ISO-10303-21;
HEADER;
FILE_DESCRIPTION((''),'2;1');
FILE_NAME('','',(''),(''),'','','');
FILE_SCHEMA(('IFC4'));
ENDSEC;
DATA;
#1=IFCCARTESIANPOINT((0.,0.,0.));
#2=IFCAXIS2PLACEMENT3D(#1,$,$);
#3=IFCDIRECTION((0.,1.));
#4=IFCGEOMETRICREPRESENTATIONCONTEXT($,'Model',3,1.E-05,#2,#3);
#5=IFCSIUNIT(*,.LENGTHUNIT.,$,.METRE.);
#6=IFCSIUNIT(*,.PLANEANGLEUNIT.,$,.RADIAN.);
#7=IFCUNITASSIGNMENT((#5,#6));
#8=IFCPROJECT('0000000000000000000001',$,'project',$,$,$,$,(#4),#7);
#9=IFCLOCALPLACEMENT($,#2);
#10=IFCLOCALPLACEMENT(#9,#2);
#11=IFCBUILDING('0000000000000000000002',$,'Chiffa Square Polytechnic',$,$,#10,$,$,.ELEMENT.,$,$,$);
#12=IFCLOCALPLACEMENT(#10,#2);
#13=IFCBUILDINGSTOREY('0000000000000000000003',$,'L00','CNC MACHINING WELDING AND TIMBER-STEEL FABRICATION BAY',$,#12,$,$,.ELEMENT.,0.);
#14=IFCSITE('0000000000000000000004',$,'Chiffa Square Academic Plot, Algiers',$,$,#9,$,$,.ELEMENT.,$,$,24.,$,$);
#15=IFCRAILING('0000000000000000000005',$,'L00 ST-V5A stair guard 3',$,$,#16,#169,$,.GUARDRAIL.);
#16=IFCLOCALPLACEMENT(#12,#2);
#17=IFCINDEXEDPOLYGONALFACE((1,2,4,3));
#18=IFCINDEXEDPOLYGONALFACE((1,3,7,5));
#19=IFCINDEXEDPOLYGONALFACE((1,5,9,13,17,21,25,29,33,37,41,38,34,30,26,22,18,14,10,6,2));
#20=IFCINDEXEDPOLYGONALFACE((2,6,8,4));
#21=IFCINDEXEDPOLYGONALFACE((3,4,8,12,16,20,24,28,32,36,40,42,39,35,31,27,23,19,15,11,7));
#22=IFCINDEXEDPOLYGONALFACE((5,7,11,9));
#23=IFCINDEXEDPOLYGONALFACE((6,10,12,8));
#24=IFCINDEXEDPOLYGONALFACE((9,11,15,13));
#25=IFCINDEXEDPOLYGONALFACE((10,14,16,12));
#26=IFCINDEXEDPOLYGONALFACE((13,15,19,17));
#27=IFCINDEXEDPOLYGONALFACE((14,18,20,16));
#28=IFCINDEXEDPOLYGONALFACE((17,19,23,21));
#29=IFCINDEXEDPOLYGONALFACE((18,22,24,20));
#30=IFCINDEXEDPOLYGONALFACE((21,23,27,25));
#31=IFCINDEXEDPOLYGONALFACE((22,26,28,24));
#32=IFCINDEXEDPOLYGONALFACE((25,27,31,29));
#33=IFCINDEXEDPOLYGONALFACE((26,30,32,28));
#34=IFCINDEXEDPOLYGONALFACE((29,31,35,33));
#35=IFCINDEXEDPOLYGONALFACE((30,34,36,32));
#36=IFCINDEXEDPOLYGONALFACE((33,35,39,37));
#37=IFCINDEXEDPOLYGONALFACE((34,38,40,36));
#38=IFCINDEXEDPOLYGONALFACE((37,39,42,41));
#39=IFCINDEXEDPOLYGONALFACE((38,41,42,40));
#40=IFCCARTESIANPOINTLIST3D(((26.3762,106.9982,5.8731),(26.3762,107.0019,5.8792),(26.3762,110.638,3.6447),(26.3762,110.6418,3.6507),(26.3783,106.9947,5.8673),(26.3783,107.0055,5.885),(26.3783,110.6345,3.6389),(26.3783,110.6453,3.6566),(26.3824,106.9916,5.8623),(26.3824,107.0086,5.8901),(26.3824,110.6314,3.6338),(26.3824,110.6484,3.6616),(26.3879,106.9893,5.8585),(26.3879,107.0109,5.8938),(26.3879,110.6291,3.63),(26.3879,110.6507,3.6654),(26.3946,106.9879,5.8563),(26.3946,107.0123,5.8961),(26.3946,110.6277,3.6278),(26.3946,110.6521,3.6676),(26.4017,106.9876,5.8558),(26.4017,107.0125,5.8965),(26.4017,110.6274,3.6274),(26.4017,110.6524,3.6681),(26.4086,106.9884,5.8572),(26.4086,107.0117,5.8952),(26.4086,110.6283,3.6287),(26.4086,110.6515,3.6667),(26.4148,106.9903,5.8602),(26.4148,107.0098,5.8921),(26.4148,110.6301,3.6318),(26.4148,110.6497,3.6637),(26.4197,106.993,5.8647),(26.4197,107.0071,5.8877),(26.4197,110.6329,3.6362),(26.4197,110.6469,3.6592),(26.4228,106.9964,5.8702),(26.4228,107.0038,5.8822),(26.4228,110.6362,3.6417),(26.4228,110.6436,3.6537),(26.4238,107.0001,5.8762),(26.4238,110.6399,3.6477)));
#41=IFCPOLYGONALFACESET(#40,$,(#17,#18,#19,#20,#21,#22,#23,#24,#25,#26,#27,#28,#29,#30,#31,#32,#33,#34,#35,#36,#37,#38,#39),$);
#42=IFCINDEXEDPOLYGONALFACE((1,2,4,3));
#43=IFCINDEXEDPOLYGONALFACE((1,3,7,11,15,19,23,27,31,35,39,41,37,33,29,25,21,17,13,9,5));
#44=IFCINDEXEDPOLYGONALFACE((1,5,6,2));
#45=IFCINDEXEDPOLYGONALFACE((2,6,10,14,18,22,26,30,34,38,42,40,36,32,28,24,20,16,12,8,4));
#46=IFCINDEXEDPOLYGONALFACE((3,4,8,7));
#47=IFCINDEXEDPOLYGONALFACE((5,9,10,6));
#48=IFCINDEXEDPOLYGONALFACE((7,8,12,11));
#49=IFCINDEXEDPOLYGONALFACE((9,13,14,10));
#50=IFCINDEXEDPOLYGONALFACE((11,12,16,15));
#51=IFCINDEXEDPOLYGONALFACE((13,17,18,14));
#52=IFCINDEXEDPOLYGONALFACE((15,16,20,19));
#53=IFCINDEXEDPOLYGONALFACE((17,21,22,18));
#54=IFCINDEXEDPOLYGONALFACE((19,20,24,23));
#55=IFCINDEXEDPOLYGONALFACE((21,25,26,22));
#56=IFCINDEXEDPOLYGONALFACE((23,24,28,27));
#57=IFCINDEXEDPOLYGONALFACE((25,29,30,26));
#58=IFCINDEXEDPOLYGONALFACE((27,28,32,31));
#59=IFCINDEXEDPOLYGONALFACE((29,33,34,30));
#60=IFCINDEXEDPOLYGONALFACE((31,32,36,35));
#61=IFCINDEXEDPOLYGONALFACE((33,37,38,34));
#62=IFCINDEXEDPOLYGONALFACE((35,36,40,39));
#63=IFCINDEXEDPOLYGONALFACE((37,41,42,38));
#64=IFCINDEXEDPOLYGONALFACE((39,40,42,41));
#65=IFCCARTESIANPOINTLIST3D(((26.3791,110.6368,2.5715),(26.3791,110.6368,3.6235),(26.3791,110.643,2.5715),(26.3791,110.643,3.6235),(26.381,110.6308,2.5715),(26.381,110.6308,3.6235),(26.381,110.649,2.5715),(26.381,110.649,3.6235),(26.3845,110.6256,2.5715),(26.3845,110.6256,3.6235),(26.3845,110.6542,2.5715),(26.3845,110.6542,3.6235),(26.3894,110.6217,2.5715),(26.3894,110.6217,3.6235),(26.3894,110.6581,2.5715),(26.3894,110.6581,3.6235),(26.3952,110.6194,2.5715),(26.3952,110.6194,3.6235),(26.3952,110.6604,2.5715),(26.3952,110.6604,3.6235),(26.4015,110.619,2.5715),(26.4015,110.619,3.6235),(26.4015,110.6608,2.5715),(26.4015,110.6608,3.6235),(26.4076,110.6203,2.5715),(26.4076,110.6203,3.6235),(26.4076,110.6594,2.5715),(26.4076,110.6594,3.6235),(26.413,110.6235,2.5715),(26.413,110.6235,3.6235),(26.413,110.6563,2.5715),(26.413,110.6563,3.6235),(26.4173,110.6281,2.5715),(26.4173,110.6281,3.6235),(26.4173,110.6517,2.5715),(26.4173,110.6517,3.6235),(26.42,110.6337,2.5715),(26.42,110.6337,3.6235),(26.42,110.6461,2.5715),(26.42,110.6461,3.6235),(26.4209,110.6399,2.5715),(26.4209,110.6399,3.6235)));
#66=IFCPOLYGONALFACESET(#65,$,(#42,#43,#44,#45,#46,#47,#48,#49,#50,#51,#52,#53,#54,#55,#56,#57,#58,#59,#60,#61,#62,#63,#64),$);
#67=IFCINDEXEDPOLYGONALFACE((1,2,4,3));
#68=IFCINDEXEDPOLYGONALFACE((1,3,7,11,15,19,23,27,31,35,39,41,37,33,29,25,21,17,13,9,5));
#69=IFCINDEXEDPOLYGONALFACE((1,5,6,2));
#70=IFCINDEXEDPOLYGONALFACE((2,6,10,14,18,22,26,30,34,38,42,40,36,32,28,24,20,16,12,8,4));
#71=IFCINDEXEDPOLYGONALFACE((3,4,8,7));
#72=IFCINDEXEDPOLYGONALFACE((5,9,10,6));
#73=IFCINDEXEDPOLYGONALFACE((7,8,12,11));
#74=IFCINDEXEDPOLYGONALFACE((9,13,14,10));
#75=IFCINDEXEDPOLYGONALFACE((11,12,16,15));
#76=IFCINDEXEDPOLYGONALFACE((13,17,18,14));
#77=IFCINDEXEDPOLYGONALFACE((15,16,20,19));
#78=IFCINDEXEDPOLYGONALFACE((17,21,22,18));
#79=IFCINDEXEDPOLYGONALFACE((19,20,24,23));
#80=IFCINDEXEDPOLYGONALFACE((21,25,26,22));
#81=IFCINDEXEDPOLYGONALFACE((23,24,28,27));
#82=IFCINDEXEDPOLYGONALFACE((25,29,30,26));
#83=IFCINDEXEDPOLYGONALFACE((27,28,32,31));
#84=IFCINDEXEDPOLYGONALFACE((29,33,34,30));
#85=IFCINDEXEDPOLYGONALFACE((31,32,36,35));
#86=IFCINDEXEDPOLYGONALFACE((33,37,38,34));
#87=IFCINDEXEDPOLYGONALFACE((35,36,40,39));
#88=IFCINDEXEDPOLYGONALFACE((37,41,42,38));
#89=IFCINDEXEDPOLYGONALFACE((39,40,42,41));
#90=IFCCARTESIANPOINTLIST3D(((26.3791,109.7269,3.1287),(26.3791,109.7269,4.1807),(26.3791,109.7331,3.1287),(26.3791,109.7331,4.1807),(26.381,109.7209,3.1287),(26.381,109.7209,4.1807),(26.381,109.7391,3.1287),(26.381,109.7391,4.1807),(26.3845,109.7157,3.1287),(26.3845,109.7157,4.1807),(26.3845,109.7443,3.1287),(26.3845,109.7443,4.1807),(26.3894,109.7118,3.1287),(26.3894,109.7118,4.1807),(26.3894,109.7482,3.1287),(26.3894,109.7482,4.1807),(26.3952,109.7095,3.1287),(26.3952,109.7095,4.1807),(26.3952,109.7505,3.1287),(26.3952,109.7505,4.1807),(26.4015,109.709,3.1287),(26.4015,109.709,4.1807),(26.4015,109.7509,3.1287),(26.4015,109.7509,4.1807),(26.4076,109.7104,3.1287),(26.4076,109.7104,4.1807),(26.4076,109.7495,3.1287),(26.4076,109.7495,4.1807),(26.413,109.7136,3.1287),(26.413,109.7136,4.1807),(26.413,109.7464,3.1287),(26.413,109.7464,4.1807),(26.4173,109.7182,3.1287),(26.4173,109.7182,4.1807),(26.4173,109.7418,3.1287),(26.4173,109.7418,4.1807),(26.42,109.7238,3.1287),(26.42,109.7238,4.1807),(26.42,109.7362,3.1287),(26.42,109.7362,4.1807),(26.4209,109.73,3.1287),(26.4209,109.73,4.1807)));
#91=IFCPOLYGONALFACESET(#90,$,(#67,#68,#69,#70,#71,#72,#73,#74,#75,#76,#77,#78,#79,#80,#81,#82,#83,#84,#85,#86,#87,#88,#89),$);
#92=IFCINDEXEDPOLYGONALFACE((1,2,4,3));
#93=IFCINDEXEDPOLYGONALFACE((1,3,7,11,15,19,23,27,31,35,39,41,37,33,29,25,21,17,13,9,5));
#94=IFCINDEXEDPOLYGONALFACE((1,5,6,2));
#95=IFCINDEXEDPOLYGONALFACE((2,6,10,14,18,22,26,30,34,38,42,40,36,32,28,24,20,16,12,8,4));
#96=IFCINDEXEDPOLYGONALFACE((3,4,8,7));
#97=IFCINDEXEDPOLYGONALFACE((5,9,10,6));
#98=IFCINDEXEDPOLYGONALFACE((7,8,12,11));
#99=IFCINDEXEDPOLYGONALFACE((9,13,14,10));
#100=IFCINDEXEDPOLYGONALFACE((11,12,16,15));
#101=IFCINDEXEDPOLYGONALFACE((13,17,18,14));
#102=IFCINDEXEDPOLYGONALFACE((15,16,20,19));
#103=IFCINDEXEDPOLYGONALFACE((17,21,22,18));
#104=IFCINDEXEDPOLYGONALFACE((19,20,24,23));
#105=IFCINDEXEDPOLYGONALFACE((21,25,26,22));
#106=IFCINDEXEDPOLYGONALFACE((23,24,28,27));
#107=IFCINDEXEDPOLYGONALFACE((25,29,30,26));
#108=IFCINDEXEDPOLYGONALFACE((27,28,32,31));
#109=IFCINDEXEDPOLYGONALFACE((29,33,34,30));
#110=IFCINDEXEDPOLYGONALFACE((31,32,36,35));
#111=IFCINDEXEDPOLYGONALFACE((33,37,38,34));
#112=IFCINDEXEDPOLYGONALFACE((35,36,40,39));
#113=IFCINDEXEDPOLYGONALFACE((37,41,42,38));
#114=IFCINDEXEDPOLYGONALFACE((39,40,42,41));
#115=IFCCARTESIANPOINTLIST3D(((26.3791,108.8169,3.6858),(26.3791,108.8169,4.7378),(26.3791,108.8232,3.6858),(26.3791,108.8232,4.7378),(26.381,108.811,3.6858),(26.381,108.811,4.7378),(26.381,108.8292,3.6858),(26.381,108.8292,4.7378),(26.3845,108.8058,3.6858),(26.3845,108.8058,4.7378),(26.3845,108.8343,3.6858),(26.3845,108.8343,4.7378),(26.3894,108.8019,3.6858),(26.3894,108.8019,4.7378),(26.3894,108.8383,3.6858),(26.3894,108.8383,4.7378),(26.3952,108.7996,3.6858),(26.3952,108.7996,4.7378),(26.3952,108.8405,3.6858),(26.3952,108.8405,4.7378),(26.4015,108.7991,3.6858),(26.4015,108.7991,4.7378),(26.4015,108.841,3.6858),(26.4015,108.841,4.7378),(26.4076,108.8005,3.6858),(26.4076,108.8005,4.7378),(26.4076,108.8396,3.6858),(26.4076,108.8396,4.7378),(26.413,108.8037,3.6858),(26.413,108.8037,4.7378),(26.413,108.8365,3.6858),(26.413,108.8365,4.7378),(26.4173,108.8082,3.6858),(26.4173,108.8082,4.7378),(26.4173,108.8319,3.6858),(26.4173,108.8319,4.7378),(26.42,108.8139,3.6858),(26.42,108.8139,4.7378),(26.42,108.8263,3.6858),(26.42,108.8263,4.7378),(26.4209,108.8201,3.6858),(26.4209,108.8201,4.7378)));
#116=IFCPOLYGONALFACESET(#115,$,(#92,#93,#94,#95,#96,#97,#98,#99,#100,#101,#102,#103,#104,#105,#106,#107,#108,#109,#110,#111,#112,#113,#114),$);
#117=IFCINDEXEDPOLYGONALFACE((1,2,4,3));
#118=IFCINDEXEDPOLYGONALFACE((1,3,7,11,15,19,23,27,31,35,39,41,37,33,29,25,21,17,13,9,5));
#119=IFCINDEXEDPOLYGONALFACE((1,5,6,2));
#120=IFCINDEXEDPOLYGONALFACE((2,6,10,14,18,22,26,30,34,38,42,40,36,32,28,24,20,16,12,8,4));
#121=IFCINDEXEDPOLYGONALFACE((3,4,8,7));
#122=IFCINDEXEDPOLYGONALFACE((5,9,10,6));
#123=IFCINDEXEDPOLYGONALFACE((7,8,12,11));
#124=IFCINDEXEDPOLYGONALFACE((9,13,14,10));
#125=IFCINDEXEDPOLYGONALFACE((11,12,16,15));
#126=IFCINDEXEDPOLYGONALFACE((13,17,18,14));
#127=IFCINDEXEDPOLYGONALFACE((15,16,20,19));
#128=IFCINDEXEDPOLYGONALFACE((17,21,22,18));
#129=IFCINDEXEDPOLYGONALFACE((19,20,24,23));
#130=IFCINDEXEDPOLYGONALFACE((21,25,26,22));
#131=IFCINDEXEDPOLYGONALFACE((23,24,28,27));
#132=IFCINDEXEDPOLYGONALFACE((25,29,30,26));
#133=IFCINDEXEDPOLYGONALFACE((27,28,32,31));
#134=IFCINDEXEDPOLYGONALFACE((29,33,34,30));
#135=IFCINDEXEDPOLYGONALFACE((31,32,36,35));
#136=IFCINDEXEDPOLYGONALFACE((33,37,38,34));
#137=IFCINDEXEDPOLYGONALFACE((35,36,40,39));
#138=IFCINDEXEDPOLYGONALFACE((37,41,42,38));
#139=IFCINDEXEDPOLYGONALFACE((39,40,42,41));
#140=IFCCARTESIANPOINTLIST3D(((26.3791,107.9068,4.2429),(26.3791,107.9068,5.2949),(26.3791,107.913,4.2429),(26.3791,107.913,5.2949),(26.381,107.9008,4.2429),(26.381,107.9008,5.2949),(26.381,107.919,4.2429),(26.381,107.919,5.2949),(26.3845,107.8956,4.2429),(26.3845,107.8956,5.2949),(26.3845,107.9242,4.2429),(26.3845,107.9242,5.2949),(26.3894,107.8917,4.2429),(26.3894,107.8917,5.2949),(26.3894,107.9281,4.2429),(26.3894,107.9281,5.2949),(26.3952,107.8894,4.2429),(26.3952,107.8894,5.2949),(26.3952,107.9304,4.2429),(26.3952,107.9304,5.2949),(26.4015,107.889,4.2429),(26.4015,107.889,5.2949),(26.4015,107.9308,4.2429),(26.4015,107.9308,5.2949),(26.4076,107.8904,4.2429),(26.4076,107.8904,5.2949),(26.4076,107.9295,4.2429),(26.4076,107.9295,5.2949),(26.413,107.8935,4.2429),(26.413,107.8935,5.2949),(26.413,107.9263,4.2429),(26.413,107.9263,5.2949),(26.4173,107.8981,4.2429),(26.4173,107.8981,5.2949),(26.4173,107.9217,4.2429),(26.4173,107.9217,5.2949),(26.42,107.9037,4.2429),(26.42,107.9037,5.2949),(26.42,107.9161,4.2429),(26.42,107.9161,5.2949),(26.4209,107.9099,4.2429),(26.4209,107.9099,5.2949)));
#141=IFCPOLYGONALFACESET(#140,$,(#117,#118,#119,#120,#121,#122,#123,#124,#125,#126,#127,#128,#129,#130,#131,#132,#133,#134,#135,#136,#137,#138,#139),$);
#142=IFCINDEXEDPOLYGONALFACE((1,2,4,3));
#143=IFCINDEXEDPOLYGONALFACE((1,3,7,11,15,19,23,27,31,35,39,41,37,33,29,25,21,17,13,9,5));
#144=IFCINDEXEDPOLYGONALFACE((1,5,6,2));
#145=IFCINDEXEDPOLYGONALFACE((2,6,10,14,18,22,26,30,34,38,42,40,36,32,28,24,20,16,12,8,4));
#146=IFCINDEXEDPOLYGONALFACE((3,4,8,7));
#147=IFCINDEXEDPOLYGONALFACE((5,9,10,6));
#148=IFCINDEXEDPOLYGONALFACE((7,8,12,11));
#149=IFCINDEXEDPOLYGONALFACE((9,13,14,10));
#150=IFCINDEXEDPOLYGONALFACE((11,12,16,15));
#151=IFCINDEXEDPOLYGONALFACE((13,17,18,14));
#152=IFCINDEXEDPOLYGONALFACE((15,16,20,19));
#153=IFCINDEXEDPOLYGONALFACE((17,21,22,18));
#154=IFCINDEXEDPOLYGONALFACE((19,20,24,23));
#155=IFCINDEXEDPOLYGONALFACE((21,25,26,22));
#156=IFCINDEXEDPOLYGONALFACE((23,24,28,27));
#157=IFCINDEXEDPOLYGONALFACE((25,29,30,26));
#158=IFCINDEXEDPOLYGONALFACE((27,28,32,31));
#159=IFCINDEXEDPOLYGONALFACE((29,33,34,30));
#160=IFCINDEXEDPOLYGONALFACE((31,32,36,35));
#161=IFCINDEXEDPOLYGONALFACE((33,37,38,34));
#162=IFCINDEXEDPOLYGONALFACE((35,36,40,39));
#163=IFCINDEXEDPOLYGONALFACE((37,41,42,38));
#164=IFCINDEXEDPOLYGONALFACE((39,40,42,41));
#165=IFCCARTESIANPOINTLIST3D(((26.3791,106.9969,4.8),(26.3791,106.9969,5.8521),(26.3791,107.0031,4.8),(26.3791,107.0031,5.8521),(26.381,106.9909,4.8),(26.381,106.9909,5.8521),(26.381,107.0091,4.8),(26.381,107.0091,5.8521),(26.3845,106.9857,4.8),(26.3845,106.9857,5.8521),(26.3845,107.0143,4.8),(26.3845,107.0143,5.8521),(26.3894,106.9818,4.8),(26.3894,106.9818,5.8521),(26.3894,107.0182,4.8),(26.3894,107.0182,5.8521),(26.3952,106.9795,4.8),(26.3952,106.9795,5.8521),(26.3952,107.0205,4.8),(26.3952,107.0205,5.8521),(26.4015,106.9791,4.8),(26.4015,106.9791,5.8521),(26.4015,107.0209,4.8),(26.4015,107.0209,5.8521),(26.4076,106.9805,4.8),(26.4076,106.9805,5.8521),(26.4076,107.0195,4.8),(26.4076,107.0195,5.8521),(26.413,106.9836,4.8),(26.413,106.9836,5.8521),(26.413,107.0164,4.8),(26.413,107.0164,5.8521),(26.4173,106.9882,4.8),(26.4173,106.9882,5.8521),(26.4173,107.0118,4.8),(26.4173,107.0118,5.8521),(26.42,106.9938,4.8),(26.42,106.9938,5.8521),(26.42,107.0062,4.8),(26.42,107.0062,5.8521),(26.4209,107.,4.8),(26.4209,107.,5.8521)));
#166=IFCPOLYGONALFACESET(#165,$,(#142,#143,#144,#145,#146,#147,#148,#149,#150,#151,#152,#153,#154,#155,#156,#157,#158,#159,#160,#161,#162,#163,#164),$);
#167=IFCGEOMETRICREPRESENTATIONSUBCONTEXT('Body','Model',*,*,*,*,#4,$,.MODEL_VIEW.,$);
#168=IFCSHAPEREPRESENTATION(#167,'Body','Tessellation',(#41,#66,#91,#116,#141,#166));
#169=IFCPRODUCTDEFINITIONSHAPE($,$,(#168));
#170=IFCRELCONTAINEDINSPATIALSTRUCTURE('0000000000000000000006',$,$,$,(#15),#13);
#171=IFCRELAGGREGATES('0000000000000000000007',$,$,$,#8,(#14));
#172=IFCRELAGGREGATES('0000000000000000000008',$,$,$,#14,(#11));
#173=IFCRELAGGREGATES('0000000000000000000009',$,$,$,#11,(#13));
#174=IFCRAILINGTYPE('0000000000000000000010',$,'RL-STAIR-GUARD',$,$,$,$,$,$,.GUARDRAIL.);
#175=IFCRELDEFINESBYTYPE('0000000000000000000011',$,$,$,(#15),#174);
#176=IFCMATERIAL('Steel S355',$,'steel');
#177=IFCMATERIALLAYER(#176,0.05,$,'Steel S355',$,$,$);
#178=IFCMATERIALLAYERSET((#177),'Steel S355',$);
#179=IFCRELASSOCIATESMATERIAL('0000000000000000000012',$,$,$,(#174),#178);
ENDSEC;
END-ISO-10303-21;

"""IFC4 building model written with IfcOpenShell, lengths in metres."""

from ifc_helpers import new_model, si_unit, direction, frame, origin, origin_2d, place, context, subcontext, project, spatial, circle, extrude, material, layer, layer_set, type_object, element, save


model = new_model("IFC4")

# Units and contexts
model_context = context("Model", 3, precision=1e-05, world=origin(), true_north=direction((0.0, 1.0)))
body_context = subcontext(model_context, "Body", "Model", "MODEL_VIEW")
ifc_project = project(units=[si_unit("LENGTHUNIT", "METRE"), si_unit("PLANEANGLEUNIT", "RADIAN")], contexts=[model_context])

# Site, building, storey
site_placement = place(None, origin())
site = spatial("IfcSite", under=ifc_project, at=site_placement, Name="Chiffa Square Academic Plot, Algiers", CompositionType="ELEMENT", RefElevation=24.0)
building_placement = place(site_placement, origin())
building = spatial("IfcBuilding", under=site, at=building_placement, Name="Chiffa Square Polytechnic", CompositionType="ELEMENT")
storey_placement = place(building_placement, origin())
storey = spatial("IfcBuildingStorey", under=building, at=storey_placement, Name="L00", Description="CNC MACHINING WELDING AND TIMBER-STEEL FABRICATION BAY", CompositionType="ELEMENT", Elevation=0.0)

# Railing
ifc_material_1 = material(Name="Steel S355", Category="steel")
ifc_layer_1 = layer(ifc_material_1, 0.05, Name="Steel S355")
ifc_layer_set_1 = layer_set([ifc_layer_1], Name="Steel S355")
railing_type_1 = type_object("IfcRailingType", Name="RL-STAIR-GUARD", PredefinedType="GUARDRAIL", material=ifc_layer_set_1)
railing_1_placement = place(storey_placement, frame((26.3999, 110.6399, 2.5715)))
element("IfcRailing", 1, at=railing_1_placement, inside=storey, type_object=railing_type_1, Name="L00 ST-V5A stair guard 3", PredefinedType="GUARDRAIL", context=body_context, shape_type="SweptSolid", body=[
    extrude(circle(Radius=0.0239, at=origin_2d()), frame((0.0, 0.0, 1.0762), z_axis=(0.0, -0.85285, 0.522156), x_axis=(1.0, 0.0, 0.0)), (0.0, 0.0, 1.0), 4.2678),
    extrude(circle(Radius=0.021, at=origin_2d()), origin(), (0.0, 0.0, 1.0), 1.052),
    extrude(circle(Radius=0.021, at=origin_2d()), frame((0.0, -0.9099, 0.5571)), (0.0, 0.0, 1.0), 1.052),
    extrude(circle(Radius=0.021, at=origin_2d()), frame((0.0, -1.8198, 1.1143)), (0.0, 0.0, 1.0), 1.052),
    extrude(circle(Radius=0.021, at=origin_2d()), frame((0.0, -2.73, 1.6714)), (0.0, 0.0, 1.0), 1.052),
    extrude(circle(Radius=0.021, at=origin_2d()), frame((0.0, -3.6399, 2.2285)), (0.0, 0.0, 1.0), 1.052),
])

save(model, "model.ifc")
